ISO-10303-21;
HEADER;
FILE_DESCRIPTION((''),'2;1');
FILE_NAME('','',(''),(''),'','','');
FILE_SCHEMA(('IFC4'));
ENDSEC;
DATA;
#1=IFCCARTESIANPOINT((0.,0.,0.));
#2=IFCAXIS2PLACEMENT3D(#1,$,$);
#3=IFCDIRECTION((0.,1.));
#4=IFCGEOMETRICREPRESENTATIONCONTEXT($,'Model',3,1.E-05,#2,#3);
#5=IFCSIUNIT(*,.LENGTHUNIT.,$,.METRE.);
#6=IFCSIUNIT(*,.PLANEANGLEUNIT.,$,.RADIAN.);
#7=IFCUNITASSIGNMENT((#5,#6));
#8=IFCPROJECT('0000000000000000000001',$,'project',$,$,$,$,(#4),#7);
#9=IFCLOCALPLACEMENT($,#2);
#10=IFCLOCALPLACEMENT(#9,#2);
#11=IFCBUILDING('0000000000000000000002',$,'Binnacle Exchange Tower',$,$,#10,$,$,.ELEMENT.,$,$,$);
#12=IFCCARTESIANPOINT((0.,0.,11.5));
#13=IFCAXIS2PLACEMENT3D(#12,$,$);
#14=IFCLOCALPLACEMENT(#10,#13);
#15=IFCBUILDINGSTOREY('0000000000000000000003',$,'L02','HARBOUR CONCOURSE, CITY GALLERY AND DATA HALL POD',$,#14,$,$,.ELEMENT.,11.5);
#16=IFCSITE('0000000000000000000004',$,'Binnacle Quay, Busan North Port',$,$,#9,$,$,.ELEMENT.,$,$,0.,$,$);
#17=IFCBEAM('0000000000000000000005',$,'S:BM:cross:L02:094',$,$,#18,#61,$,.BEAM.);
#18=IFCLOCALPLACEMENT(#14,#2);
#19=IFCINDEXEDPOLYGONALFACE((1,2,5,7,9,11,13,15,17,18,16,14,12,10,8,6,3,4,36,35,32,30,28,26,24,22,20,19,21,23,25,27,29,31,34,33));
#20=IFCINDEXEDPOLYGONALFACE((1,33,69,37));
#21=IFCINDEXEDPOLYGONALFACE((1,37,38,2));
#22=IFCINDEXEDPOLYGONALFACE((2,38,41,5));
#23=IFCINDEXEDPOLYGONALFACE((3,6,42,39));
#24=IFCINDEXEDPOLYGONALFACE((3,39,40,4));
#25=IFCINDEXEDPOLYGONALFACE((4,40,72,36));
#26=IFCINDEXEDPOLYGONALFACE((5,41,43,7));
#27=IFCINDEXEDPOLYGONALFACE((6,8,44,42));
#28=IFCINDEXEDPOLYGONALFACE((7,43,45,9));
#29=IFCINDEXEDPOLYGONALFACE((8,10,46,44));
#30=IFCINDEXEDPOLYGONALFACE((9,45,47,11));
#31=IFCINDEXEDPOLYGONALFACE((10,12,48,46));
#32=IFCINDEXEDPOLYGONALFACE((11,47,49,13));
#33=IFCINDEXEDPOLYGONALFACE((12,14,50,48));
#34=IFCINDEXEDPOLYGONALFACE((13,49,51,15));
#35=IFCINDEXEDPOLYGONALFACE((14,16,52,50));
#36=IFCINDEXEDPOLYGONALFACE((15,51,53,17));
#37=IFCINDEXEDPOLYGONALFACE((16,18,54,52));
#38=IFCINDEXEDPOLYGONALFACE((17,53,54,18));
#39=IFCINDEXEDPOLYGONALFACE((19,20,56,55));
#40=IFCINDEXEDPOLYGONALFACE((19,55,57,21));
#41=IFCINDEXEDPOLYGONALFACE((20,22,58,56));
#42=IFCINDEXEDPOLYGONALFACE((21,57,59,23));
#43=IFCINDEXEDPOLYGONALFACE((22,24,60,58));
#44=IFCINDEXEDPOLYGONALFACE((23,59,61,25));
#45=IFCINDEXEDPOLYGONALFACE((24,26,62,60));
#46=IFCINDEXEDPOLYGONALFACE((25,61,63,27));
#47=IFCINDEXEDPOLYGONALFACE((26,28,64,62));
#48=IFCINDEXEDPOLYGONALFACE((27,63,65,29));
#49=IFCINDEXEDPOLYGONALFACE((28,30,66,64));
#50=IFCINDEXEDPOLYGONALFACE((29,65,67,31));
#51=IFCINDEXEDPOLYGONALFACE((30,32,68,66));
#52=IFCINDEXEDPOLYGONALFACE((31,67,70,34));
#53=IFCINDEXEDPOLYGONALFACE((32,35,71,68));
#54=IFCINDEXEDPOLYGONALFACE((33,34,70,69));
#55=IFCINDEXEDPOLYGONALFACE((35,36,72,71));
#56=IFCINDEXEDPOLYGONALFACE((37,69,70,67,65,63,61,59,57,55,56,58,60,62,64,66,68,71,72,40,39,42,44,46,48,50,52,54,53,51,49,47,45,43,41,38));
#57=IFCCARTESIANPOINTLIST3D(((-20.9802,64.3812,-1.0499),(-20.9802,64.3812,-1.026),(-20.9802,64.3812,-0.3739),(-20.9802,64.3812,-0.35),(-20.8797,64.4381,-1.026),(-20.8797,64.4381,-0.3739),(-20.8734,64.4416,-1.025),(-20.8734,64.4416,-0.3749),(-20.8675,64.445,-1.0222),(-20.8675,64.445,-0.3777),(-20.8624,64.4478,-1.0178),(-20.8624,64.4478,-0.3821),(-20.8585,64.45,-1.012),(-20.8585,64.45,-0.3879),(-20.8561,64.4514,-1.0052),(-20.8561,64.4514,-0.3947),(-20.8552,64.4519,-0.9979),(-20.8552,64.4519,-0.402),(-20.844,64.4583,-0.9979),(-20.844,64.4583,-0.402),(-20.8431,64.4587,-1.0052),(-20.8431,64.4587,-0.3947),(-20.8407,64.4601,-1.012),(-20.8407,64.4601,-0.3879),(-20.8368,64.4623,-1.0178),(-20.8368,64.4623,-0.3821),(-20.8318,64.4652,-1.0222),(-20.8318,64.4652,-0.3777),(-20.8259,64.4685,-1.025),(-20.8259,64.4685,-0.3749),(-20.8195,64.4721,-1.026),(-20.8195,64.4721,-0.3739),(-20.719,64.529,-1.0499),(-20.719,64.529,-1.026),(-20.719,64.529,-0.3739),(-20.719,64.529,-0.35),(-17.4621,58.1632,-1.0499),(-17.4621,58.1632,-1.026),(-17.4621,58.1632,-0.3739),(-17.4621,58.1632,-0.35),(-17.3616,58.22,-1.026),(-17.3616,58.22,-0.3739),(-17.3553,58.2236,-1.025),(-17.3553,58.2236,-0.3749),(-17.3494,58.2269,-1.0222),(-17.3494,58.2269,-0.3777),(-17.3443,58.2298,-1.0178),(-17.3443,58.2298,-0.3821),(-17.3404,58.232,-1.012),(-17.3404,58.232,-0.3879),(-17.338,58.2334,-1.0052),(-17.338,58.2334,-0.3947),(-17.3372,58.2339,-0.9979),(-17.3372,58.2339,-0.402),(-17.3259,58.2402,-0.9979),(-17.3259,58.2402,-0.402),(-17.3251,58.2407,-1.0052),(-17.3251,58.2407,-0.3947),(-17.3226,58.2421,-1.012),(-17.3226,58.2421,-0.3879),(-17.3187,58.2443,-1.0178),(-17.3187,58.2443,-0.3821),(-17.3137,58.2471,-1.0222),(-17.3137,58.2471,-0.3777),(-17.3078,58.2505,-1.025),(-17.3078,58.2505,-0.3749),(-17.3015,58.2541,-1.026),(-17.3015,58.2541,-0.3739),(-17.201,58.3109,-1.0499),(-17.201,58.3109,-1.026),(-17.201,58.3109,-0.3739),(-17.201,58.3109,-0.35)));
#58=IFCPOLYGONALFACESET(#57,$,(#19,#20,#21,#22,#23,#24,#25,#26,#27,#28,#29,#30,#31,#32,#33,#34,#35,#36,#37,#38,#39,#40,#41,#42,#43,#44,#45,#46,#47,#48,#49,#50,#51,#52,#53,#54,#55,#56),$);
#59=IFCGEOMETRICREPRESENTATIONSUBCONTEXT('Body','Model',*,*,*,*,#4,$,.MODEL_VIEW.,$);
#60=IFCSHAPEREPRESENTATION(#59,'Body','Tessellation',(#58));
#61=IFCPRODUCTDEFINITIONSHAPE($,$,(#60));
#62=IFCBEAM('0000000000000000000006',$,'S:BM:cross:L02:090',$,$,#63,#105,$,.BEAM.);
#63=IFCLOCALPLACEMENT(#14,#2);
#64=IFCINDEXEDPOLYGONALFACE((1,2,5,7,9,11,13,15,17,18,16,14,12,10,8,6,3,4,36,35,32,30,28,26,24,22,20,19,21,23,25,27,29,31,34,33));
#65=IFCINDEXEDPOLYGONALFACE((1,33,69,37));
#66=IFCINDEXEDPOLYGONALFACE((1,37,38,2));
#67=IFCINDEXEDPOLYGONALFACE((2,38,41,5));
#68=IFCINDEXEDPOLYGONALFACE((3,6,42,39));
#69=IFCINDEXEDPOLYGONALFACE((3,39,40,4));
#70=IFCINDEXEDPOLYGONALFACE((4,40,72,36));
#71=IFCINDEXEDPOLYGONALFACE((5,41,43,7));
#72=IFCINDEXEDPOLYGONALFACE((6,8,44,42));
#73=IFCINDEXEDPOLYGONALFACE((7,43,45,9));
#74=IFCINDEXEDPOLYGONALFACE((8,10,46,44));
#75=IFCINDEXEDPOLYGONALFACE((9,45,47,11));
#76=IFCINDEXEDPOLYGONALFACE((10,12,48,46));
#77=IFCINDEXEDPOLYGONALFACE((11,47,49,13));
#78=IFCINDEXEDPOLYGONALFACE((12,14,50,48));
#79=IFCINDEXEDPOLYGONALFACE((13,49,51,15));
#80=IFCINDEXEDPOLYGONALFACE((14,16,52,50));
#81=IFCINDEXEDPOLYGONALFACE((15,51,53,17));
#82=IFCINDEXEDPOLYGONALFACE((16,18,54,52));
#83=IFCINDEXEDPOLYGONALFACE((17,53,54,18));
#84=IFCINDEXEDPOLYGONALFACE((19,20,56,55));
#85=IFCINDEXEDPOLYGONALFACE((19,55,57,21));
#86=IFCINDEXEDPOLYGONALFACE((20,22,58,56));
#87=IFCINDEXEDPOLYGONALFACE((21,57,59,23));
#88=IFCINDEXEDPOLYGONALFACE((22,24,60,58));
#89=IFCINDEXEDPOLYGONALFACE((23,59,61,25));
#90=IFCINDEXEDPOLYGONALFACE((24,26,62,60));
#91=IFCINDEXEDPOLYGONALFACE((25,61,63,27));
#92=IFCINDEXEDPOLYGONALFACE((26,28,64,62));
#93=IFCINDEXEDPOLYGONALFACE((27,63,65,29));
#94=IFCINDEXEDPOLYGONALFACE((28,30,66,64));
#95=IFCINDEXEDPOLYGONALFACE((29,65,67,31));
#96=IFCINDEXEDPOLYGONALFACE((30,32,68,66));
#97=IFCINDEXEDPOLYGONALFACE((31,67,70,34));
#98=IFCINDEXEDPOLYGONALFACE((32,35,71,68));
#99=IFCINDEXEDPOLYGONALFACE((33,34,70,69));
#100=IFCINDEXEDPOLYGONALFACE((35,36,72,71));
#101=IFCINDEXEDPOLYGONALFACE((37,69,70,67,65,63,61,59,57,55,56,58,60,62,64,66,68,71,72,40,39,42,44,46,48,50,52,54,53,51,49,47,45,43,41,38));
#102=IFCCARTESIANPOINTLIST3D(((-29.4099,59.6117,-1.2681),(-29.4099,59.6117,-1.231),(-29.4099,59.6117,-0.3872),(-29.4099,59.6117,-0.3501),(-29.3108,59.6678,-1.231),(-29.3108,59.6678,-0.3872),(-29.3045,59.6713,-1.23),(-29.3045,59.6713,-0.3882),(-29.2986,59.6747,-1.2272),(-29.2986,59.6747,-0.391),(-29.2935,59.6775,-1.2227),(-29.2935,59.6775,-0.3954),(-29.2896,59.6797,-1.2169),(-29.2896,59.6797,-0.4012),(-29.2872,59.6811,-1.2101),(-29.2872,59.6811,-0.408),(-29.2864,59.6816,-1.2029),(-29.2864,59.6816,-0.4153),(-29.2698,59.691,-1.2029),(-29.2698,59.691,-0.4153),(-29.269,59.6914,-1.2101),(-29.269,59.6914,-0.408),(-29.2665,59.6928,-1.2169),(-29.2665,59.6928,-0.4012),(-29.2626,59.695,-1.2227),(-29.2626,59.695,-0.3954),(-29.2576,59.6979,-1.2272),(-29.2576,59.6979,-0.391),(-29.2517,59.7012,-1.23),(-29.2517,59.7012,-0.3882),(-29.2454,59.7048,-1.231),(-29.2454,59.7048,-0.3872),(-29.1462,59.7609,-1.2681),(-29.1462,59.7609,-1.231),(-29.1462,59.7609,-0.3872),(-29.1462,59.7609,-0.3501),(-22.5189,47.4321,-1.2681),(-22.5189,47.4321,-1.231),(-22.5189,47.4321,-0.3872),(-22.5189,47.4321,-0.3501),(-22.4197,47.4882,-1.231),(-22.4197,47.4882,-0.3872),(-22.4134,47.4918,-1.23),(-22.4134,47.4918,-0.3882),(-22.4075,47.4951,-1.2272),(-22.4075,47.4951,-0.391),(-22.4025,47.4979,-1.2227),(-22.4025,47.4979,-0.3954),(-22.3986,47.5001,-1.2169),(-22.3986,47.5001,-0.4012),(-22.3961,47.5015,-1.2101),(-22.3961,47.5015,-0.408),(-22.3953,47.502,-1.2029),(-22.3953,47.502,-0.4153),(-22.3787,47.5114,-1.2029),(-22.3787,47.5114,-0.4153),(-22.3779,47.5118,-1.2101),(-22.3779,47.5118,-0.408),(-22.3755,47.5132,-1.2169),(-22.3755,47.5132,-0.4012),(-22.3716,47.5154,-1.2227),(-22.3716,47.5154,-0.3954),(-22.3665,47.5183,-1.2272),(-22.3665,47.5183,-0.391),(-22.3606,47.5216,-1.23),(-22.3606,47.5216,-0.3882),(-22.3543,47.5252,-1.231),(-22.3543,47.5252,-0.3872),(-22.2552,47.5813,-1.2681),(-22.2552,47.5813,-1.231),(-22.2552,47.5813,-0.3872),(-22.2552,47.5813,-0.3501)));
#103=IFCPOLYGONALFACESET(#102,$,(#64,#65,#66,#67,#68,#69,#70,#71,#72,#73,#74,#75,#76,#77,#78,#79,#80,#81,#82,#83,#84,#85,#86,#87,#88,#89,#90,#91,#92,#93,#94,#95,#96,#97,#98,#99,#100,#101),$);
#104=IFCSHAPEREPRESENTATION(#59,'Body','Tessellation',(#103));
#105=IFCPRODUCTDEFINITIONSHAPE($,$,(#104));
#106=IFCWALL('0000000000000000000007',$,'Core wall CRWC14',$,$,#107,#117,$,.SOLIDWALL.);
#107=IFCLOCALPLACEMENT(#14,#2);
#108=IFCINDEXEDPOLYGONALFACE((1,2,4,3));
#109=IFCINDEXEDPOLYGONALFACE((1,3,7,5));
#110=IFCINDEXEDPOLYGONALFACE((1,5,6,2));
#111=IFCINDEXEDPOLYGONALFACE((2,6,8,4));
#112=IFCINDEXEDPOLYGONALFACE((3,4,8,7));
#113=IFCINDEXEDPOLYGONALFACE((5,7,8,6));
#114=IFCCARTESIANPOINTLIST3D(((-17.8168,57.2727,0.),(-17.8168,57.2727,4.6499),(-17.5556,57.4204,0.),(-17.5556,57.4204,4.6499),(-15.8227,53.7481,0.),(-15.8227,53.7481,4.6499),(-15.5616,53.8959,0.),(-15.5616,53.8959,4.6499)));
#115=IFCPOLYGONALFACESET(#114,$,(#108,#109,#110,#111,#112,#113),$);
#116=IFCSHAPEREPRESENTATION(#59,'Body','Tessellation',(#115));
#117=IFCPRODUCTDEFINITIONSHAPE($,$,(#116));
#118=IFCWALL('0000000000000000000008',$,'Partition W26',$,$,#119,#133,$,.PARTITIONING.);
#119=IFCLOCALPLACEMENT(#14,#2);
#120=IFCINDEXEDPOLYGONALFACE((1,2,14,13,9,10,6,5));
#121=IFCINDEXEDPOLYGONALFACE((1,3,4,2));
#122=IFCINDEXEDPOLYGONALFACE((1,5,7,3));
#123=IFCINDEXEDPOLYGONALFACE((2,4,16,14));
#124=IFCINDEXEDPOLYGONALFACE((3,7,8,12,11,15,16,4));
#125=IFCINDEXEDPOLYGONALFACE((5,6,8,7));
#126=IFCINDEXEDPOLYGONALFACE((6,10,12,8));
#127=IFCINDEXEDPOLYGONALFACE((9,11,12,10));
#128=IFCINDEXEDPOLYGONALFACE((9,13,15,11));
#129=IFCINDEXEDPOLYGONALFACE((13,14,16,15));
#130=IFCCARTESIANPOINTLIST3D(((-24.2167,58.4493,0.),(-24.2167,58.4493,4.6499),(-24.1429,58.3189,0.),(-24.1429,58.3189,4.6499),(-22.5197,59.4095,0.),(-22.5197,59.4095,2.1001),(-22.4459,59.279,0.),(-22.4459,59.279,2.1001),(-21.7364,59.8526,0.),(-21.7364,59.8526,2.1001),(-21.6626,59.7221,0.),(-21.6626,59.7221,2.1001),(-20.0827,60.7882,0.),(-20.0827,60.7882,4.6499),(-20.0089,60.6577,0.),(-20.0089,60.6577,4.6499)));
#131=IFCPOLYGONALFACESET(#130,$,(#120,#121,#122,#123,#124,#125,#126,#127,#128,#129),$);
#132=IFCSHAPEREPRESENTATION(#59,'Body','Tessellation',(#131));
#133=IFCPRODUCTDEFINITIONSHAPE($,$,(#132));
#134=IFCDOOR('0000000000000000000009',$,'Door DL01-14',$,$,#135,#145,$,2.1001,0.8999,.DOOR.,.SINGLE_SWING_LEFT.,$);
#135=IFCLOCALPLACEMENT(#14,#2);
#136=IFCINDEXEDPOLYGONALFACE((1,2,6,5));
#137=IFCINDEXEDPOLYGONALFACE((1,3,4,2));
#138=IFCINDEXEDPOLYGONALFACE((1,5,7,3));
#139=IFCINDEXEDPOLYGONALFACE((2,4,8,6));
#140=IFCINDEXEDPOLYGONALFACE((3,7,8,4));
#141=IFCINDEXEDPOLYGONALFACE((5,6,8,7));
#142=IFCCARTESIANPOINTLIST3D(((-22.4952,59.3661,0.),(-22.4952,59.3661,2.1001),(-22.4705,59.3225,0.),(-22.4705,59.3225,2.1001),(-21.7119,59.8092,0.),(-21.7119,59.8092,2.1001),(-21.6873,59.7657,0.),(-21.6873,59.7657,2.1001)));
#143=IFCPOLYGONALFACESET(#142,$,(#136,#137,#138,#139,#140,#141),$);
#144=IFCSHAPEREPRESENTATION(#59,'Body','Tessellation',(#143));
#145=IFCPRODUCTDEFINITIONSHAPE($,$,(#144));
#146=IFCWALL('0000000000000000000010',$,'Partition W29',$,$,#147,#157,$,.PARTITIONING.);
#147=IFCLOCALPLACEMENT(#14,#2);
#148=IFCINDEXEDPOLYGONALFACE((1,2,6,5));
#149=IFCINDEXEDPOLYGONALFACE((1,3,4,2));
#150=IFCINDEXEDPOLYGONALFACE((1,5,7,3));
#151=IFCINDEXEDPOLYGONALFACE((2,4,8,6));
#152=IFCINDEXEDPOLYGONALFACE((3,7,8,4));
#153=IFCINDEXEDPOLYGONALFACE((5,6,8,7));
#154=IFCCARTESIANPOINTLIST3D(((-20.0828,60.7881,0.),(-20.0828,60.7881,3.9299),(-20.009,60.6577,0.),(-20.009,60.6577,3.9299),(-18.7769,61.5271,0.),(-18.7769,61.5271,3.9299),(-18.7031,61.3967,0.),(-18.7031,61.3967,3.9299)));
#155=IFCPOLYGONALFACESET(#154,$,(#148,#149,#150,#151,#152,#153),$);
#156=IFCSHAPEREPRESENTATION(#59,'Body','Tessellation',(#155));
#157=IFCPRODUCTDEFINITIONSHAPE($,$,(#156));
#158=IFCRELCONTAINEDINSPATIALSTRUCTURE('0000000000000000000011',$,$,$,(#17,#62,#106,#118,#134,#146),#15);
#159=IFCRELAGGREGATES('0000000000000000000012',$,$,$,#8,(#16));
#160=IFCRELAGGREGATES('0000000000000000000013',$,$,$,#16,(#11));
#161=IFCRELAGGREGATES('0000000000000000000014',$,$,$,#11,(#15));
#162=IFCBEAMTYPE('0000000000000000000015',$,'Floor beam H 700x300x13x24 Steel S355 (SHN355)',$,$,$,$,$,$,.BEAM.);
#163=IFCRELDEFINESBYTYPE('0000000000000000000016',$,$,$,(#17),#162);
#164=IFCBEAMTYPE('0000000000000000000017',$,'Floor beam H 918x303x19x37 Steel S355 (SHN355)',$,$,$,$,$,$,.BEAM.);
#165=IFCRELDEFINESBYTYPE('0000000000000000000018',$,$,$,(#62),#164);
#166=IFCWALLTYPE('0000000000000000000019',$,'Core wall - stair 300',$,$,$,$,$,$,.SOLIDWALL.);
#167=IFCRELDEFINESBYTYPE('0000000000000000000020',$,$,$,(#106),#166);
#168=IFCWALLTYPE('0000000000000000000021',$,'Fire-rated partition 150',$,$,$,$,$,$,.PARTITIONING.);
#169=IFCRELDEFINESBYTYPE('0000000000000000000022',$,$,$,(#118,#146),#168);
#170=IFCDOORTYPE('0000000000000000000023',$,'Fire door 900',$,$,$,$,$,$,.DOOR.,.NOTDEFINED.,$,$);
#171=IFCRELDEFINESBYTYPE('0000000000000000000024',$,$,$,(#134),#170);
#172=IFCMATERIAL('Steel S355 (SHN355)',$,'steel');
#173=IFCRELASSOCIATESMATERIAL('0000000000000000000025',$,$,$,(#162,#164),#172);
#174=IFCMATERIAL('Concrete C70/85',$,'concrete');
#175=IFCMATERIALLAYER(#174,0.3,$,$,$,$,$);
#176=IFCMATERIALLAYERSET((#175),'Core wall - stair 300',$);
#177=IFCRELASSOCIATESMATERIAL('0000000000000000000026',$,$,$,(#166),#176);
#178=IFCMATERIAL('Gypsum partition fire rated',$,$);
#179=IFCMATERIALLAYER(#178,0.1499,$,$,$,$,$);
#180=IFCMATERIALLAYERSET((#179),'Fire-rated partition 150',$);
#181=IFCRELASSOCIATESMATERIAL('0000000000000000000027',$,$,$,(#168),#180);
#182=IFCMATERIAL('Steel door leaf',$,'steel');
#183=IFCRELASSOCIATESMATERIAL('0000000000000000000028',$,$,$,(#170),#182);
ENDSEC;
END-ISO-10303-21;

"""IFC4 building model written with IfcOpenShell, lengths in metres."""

from ifc_helpers import new_model, si_unit, direction, frame, frame_2d, origin, origin_2d, place, context, subcontext, project, spatial, rectangle, i_section, extrude, material, layer, layer_set, material_profile, profile_set, type_object, element, fill, save


model = new_model("IFC4")

# Units and contexts
model_context = context("Model", 3, precision=1e-05, world=origin(), true_north=direction((0.0, 1.0)))
body_context = subcontext(model_context, "Body", "Model", "MODEL_VIEW")
ifc_project = project(units=[si_unit("LENGTHUNIT", "METRE"), si_unit("PLANEANGLEUNIT", "RADIAN")], contexts=[model_context])

# Site, building, storey
site_placement = place(None, origin())
site = spatial("IfcSite", under=ifc_project, at=site_placement, Name="Binnacle Quay, Busan North Port", CompositionType="ELEMENT", RefElevation=0.0)
building_placement = place(site_placement, origin())
building = spatial("IfcBuilding", under=site, at=building_placement, Name="Binnacle Exchange Tower", CompositionType="ELEMENT")
storey_placement = place(building_placement, frame((0.0, 0.0, 11.5)))
storey = spatial("IfcBuildingStorey", under=building, at=storey_placement, Name="L02", Description="HARBOUR CONCOURSE, CITY GALLERY AND DATA HALL POD", CompositionType="ELEMENT", Elevation=11.5)

# Shared definitions
ifc_material_1 = material(Name="Concrete C70/85", Category="concrete")

# Beams
ifc_material_2 = material(Name="Steel S355 (SHN355)", Category="steel")
ifc_material_profile_1 = material_profile(ifc_material_2, i_section(OverallWidth=0.3, OverallDepth=0.7, WebThickness=0.0129, FlangeThickness=0.0239, FilletRadius=0.0281, at=origin_2d()), Name="H 700x300x13x24")
ifc_profile_set_1 = profile_set([ifc_material_profile_1], Name="Steel S355 (SHN355)")
beam_type_1 = type_object("IfcBeamType", Name="Floor beam H 700x300x13x24 Steel S355 (SHN355)", PredefinedType="BEAM", material=ifc_profile_set_1)
beam_1_placement = place(storey_placement, frame((-20.8496, 64.4551, -0.7), z_axis=(0.492432, -0.870351, 0.0), x_axis=(0.870351, 0.492432, 0.0)))
element("IfcBeam", 1, at=beam_1_placement, inside=storey, type_object=beam_type_1, Name="S:BM:cross:L02:094", PredefinedType="BEAM", context=body_context, shape_type="SweptSolid", body=[
    extrude(i_section(OverallWidth=0.3, OverallDepth=0.7, WebThickness=0.0129, FlangeThickness=0.0239, FilletRadius=0.0281, at=origin_2d()), origin(), (0.0, 0.0, 1.0), 7.1443),
])
ifc_material_profile_2 = material_profile(ifc_material_2, i_section(OverallWidth=0.303, OverallDepth=0.918, WebThickness=0.019, FlangeThickness=0.0371, FilletRadius=0.0281, at=origin_2d()), Name="H 918x303x19x37")
ifc_profile_set_2 = profile_set([ifc_material_profile_2], Name="Steel S355 (SHN355)")
beam_type_2 = type_object("IfcBeamType", Name="Floor beam H 918x303x19x37 Steel S355 (SHN355)", PredefinedType="BEAM", material=ifc_profile_set_2)
beam_2_placement = place(storey_placement, frame((-29.2781, 59.6863, -0.8091), z_axis=(0.492433, -0.87035, 0.0), x_axis=(0.87035, 0.492433, 0.0)))
element("IfcBeam", 2, at=beam_2_placement, inside=storey, type_object=beam_type_2, Name="S:BM:cross:L02:090", PredefinedType="BEAM", context=body_context, shape_type="SweptSolid", body=[
    extrude(i_section(OverallWidth=0.303, OverallDepth=0.918, WebThickness=0.019, FlangeThickness=0.0371, FilletRadius=0.0281, at=origin_2d()), origin(), (0.0, 0.0, 1.0), 13.9939),
])

# Wall
ifc_layer_1 = layer(ifc_material_1, 0.3)
ifc_layer_set_1 = layer_set([ifc_layer_1], Name="Core wall - stair 300")
wall_type_1 = type_object("IfcWallType", Name="Core wall - stair 300", PredefinedType="SOLIDWALL", material=ifc_layer_set_1)
wall_1_placement = place(storey_placement, frame((-17.6863, 57.3467, 0.0), z_axis=(0.0, 0.0, 1.0), x_axis=(0.492421, -0.870357, 0.0)))
element("IfcWall", 3, at=wall_1_placement, inside=storey, type_object=wall_type_1, Name="Core wall CRWC14", PredefinedType="SOLIDWALL", context=body_context, shape_type="SweptSolid", body=[
    extrude(rectangle(XDim=4.0496, YDim=0.3, at=frame_2d((2.0249, 0.0))), origin(), (0.0, 0.0, 1.0), 4.6499),
])

# Wall, opening, door
ifc_material_3 = material(Name="Gypsum partition fire rated")
ifc_layer_2 = layer(ifc_material_3, 0.1499)
ifc_layer_set_2 = layer_set([ifc_layer_2], Name="Fire-rated partition 150")
wall_type_2 = type_object("IfcWallType", Name="Fire-rated partition 150", PredefinedType="PARTITIONING", material=ifc_layer_set_2)
wall_2_placement = place(storey_placement, frame((-24.1799, 58.384, 0.0), z_axis=(0.0, 0.0, 1.0), x_axis=(0.870361, 0.492415, 0.0)))
wall_2 = element("IfcWall", 4, at=wall_2_placement, inside=storey, type_object=wall_type_2, Name="Partition W26", PredefinedType="PARTITIONING", context=body_context, shape_type="SweptSolid", body=[
    extrude(rectangle(XDim=4.7498, YDim=0.1499, at=frame_2d((2.375, 0.0))), origin(), (0.0, 0.0, 1.0), 4.6499),
])
opening_1_placement = place(wall_2_placement, frame((1.95, 0.0, 0.0)))
opening_1 = element("IfcOpeningElement", 5, at=opening_1_placement, cuts=wall_2, PredefinedType="OPENING", context=body_context, shape_type="SweptSolid", body=[
    extrude(rectangle(XDim=0.8999, YDim=2.1001, at=frame_2d((0.45, 1.05))), frame((0.0, 0.085, 0.0), z_axis=(0.0, -1.0, 0.0), x_axis=(1.0, 0.0, 0.0)), (0.0, 0.0, 1.0), 0.1699),
])
ifc_material_4 = material(Name="Steel door leaf", Category="steel")
door_type = type_object("IfcDoorType", Name="Fire door 900", OperationType="NOTDEFINED", PredefinedType="DOOR", material=ifc_material_4)
door_1_placement = place(opening_1_placement, frame((0.8999, 0.0, 0.0), z_axis=(0.0, 0.0, 1.0), x_axis=(-1.0, 0.0, 0.0)))
door_1 = element("IfcDoor", 6, at=door_1_placement, inside=storey, type_object=door_type, Name="Door DL01-14", OperationType="SINGLE_SWING_LEFT", OverallHeight=2.1001, OverallWidth=0.8999, PredefinedType="DOOR", context=body_context, shape_type="SweptSolid", body=[
    extrude(rectangle(XDim=0.8999, YDim=2.1001, at=frame_2d((0.45, 1.05))), frame((0.0, 0.0249, 0.0), z_axis=(0.0, -1.0, 0.0), x_axis=(1.0, 0.0, 0.0)), (0.0, 0.0, 1.0), 0.05),
])
fill(opening_1, door_1)

# Wall
wall_3_placement = place(storey_placement, frame((-20.0459, 60.7229, 0.0), z_axis=(0.0, 0.0, 1.0), x_axis=(0.870308, 0.492508, 0.0)))
element("IfcWall", 7, at=wall_3_placement, inside=storey, type_object=wall_type_2, Name="Partition W29", PredefinedType="PARTITIONING", context=body_context, shape_type="SweptSolid", body=[
    extrude(rectangle(XDim=1.5005, YDim=0.1499, at=frame_2d((0.7502, 0.0))), origin(), (0.0, 0.0, 1.0), 3.9299),
])

save(model, "model.ifc")
